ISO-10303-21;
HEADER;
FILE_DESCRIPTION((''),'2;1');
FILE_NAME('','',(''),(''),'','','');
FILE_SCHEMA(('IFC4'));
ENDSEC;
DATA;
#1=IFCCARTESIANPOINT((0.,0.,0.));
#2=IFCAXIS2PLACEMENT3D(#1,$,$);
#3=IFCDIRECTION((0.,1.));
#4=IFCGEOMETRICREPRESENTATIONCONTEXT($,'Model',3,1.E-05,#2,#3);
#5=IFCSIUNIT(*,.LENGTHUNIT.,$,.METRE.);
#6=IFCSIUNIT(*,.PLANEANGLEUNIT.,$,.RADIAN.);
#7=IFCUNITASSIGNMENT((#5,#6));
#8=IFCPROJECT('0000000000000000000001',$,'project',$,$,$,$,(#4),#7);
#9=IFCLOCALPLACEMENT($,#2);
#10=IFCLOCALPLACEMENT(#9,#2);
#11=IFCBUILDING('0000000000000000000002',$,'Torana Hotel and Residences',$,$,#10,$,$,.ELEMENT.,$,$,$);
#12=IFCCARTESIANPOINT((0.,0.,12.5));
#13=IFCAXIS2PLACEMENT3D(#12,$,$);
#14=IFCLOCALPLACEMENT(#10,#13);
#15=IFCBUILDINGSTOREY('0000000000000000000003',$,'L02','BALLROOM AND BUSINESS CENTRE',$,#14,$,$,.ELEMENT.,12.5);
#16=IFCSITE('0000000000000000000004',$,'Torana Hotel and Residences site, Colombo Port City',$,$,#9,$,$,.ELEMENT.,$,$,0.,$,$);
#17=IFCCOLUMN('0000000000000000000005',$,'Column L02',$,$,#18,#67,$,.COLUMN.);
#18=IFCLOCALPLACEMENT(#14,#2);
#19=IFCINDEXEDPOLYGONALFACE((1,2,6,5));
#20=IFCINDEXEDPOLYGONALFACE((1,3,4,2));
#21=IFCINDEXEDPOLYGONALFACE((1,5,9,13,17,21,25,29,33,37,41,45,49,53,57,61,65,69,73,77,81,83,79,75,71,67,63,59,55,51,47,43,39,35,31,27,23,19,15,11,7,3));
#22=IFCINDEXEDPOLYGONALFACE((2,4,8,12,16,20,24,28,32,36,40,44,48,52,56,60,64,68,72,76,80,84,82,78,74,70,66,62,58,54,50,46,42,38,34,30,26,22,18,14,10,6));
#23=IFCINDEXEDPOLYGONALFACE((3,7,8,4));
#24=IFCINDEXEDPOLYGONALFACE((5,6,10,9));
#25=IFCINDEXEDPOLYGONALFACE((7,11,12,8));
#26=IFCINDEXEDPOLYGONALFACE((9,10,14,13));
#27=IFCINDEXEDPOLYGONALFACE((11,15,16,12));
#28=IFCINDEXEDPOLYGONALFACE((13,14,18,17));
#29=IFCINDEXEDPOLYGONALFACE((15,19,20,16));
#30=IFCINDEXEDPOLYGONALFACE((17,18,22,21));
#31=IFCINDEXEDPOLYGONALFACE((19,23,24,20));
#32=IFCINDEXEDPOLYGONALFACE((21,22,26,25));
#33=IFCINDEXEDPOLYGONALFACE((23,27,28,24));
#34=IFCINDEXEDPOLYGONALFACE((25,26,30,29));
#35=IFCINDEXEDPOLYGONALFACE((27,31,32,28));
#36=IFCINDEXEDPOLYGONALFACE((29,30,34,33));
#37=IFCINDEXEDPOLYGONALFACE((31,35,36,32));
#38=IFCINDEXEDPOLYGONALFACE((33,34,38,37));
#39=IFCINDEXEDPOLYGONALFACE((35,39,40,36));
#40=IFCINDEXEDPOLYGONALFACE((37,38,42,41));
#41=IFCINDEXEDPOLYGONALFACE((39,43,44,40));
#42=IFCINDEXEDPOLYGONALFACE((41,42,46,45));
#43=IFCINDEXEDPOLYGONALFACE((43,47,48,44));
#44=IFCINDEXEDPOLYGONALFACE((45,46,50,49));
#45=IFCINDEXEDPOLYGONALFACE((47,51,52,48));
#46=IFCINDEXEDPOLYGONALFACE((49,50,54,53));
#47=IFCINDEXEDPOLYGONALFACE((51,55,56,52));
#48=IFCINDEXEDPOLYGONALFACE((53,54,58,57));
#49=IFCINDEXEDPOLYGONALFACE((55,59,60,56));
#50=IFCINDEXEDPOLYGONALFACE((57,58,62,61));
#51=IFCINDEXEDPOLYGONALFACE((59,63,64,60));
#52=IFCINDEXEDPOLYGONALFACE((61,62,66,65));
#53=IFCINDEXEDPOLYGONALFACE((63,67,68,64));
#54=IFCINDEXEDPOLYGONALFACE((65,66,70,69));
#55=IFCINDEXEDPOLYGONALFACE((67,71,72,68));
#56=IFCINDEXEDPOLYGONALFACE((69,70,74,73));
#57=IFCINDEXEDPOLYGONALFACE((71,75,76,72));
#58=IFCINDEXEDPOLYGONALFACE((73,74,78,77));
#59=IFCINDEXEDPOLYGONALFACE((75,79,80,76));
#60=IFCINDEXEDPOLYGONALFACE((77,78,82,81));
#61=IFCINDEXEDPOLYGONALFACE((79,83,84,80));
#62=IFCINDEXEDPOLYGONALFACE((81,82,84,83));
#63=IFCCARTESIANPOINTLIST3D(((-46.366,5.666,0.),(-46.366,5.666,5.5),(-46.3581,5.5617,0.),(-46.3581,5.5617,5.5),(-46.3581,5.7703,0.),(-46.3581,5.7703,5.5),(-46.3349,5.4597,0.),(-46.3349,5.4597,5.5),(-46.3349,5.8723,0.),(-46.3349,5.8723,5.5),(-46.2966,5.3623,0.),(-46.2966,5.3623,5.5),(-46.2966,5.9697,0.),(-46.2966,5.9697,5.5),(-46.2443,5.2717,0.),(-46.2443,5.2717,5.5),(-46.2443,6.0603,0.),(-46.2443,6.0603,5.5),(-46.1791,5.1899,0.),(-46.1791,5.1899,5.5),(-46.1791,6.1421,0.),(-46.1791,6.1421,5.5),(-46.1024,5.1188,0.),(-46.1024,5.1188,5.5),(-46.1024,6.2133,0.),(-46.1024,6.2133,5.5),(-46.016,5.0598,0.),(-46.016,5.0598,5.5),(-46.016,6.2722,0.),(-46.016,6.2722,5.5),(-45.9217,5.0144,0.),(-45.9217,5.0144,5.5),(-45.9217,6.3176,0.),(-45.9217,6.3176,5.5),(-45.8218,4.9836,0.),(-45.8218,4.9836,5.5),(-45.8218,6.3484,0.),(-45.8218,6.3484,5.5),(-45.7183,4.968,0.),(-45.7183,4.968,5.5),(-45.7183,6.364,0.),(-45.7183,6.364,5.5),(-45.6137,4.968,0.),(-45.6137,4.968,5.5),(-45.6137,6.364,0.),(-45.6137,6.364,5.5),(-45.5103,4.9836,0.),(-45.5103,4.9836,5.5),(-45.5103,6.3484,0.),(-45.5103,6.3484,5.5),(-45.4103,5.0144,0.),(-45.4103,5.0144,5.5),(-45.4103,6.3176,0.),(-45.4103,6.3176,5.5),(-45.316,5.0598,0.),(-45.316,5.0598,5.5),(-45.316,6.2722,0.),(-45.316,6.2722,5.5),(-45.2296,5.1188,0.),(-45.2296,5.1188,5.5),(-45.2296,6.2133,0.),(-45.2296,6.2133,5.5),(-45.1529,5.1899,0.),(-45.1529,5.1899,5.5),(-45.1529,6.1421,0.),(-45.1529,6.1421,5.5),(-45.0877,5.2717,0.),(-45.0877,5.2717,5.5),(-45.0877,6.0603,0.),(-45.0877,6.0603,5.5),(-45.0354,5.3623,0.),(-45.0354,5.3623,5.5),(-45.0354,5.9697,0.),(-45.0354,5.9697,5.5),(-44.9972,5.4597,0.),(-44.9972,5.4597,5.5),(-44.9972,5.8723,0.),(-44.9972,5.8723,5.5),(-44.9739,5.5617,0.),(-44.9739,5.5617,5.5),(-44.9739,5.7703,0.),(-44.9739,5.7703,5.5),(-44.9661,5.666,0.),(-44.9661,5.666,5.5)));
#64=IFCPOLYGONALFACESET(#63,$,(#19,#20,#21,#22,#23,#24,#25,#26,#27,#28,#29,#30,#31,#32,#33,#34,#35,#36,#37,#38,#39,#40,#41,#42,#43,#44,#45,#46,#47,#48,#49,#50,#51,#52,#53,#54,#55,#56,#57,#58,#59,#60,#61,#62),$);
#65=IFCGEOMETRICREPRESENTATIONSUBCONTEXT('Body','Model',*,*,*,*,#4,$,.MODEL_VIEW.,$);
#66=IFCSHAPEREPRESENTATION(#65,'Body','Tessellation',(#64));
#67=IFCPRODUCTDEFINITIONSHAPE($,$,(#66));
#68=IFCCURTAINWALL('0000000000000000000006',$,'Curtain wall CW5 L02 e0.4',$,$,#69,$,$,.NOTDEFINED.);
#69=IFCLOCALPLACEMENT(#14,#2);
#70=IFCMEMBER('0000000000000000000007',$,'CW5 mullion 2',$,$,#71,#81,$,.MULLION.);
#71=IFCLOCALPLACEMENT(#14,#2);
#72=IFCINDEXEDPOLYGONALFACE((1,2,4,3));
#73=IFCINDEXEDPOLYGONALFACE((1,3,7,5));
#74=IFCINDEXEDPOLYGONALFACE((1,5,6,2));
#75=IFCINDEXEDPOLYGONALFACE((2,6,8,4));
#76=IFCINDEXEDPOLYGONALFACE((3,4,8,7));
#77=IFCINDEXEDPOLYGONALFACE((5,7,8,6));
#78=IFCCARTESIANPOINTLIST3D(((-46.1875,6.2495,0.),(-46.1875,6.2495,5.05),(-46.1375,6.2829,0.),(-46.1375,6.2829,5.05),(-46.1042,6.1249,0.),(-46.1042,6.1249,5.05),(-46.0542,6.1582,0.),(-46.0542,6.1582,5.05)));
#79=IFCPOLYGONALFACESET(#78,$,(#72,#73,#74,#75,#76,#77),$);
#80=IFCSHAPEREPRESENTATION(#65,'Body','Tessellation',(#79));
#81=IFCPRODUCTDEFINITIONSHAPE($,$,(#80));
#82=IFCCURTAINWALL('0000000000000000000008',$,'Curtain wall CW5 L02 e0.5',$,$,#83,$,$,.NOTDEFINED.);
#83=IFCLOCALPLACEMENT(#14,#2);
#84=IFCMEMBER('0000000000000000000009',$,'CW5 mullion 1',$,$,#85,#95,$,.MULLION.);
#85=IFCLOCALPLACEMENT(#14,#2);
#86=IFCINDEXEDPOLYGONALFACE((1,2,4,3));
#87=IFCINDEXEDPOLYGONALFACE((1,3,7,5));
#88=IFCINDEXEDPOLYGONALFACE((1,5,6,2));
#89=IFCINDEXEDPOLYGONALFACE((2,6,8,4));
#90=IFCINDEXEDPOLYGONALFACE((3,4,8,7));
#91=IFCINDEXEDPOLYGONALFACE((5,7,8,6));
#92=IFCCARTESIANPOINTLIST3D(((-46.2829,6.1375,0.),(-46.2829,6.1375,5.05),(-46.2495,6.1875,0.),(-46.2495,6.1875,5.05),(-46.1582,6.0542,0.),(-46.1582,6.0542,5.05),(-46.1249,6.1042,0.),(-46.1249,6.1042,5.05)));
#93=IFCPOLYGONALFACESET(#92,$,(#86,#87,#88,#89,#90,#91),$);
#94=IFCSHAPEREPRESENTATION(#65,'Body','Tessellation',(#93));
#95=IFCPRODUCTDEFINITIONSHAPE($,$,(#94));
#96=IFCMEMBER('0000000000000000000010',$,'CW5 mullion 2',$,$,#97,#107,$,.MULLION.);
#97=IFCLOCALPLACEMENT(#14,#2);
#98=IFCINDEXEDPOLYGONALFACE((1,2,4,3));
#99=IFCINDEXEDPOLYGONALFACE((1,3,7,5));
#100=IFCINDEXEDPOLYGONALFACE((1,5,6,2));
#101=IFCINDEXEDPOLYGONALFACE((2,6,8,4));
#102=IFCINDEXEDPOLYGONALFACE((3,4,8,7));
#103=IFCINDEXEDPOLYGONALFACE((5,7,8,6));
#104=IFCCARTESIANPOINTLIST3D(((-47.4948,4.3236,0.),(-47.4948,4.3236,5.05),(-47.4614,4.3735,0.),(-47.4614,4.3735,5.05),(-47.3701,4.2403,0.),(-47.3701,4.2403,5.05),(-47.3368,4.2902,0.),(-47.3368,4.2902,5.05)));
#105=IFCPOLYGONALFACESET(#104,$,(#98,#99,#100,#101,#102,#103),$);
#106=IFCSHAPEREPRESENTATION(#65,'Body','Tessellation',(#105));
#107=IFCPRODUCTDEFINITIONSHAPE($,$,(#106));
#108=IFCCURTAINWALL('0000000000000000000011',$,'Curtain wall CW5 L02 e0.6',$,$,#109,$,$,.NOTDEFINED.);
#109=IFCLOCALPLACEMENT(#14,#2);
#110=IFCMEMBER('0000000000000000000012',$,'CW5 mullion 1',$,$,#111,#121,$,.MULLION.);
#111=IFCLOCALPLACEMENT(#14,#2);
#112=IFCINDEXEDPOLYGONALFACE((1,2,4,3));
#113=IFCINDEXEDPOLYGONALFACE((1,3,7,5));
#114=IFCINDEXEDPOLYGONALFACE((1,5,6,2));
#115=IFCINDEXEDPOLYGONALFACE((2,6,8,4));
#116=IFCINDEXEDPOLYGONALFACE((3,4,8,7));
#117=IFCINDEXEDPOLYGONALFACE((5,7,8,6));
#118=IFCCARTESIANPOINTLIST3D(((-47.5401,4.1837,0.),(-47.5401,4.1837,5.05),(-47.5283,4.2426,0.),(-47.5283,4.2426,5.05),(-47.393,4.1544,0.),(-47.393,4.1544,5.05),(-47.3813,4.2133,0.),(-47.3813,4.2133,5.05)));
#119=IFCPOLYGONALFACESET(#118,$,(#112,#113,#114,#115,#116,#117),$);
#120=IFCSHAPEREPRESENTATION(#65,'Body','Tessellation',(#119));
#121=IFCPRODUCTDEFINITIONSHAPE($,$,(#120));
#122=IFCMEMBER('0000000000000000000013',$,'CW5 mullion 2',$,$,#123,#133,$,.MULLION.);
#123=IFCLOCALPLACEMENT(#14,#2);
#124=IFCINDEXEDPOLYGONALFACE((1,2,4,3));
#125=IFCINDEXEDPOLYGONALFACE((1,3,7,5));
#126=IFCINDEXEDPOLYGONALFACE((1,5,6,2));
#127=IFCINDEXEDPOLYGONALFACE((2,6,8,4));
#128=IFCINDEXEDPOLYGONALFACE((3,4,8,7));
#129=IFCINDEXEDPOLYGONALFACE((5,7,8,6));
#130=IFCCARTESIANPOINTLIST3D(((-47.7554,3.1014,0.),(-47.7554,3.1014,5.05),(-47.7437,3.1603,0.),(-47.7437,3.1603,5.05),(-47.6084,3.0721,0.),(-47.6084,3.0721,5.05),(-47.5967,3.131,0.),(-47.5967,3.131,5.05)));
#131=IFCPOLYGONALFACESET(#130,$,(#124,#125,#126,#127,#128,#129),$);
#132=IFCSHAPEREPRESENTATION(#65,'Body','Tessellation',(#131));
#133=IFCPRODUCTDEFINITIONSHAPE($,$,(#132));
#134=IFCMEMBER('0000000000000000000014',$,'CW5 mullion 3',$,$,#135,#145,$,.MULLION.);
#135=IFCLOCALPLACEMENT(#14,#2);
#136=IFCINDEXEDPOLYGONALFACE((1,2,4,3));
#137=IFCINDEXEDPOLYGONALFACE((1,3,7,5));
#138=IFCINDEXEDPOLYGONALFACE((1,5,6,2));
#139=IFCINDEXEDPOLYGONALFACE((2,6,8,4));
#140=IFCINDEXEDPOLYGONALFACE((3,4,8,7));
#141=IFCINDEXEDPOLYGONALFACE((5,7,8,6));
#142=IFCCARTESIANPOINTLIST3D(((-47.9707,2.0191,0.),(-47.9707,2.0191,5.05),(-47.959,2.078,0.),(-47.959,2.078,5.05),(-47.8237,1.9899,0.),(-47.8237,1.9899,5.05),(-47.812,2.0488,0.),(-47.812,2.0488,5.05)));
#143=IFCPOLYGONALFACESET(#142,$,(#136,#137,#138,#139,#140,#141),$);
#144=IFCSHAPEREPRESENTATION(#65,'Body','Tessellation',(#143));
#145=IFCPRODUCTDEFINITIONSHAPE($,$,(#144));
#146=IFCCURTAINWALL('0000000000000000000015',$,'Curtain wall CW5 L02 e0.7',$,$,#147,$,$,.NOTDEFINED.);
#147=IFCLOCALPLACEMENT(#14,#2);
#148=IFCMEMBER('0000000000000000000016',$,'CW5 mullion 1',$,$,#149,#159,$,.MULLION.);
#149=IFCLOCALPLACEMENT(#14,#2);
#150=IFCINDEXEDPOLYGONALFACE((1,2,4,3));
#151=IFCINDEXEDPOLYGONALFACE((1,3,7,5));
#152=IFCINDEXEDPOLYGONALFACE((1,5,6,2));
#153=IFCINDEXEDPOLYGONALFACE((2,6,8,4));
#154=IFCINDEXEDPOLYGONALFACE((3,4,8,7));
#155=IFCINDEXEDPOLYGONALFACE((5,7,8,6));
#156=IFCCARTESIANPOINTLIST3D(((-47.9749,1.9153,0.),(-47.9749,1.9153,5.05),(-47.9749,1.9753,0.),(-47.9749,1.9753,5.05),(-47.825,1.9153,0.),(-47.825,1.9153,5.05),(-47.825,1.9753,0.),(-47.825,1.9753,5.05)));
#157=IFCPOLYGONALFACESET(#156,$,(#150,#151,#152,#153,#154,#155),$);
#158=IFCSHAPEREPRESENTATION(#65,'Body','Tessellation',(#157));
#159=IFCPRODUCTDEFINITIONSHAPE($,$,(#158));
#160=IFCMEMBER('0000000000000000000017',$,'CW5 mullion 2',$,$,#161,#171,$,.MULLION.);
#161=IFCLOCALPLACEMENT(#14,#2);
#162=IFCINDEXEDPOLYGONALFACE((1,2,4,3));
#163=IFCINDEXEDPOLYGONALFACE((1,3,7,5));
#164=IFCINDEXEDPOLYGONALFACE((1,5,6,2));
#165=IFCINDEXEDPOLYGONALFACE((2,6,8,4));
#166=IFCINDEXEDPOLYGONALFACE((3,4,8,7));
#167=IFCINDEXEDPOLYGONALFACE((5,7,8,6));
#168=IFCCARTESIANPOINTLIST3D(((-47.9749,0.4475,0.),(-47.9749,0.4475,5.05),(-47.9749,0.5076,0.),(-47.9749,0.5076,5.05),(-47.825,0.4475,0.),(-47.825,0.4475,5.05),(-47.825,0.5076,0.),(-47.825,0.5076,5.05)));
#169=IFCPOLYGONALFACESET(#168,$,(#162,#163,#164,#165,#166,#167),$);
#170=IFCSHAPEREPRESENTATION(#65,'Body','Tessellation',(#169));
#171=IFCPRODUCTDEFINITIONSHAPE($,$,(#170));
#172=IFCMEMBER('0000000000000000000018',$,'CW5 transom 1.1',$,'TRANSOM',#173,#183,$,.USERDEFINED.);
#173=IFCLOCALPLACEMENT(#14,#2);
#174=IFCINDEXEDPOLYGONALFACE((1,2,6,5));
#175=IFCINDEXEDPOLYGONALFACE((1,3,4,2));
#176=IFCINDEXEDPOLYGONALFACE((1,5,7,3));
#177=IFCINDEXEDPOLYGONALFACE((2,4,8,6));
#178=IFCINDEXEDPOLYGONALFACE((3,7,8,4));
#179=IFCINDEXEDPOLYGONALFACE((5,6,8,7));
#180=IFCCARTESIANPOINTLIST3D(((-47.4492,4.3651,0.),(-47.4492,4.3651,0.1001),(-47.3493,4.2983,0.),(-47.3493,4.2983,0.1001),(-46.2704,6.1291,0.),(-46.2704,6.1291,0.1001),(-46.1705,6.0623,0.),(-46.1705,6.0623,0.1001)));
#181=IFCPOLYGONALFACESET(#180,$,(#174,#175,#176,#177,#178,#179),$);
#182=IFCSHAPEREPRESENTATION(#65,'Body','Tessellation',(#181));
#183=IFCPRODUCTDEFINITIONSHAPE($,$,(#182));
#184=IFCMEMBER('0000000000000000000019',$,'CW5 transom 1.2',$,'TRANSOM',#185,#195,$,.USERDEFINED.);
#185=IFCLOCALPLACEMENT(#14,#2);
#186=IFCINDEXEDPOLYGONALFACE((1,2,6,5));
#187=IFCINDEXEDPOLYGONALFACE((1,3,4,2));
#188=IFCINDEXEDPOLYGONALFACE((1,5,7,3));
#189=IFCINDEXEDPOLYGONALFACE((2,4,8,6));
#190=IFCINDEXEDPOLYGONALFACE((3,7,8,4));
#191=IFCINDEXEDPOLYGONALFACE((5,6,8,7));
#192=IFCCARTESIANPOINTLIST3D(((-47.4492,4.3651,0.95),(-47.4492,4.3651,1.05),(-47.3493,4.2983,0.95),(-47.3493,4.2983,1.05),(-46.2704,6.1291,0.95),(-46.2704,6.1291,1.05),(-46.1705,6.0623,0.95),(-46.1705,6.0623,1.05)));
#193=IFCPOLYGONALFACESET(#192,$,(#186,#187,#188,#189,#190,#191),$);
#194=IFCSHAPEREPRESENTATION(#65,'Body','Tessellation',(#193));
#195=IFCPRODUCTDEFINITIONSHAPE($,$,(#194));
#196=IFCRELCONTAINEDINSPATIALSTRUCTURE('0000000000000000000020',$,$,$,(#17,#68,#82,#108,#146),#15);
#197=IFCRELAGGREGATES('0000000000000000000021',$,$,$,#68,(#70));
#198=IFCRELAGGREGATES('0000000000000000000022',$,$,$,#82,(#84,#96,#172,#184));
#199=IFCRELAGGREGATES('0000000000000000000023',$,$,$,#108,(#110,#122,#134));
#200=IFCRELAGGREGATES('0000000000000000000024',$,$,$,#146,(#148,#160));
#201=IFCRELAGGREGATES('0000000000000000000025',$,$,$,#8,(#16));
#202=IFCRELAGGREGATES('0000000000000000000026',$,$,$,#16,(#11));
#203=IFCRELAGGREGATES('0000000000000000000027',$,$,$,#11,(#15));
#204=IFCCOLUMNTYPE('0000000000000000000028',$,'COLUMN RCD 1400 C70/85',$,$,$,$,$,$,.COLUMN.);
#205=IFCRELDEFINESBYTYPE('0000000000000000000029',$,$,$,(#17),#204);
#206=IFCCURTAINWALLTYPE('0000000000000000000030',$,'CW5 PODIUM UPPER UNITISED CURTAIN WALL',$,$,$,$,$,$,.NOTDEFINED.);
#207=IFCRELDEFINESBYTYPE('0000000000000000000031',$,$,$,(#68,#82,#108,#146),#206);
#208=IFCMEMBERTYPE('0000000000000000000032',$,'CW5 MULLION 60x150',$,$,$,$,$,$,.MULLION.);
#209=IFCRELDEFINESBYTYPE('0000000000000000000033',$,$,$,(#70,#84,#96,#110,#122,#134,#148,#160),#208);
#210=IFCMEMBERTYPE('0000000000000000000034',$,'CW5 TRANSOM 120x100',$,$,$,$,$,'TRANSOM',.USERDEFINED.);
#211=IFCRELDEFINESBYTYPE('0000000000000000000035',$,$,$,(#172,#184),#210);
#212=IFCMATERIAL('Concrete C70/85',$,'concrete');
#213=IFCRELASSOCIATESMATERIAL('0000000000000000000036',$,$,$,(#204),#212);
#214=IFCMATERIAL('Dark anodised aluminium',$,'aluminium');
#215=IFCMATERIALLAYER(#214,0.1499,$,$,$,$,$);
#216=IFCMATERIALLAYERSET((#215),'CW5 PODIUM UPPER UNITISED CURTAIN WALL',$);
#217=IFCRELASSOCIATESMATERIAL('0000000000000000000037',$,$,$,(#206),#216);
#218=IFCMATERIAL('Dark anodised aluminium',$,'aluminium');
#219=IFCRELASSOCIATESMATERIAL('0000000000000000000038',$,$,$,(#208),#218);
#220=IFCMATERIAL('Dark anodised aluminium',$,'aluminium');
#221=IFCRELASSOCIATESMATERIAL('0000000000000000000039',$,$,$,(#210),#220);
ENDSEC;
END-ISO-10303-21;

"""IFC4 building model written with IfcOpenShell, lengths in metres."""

from ifc_helpers import new_model, si_unit, direction, frame, origin, origin_2d, place, context, subcontext, project, spatial, rectangle, circle, extrude, material, layer, layer_set, material_profile, profile_set, type_object, element, aggregate, save


model = new_model("IFC4")

# Units and contexts
model_context = context("Model", 3, precision=1e-05, world=origin(), true_north=direction((0.0, 1.0)))
body_context = subcontext(model_context, "Body", "Model", "MODEL_VIEW")
ifc_project = project(units=[si_unit("LENGTHUNIT", "METRE"), si_unit("PLANEANGLEUNIT", "RADIAN")], contexts=[model_context])

# Site, building, storey
site_placement = place(None, origin())
site = spatial("IfcSite", under=ifc_project, at=site_placement, Name="Torana Hotel and Residences site, Colombo Port City", CompositionType="ELEMENT", RefElevation=0.0)
building_placement = place(site_placement, origin())
building = spatial("IfcBuilding", under=site, at=building_placement, Name="Torana Hotel and Residences", CompositionType="ELEMENT")
storey_placement = place(building_placement, frame((0.0, 0.0, 12.5)))
storey = spatial("IfcBuildingStorey", under=building, at=storey_placement, Name="L02", Description="BALLROOM AND BUSINESS CENTRE", CompositionType="ELEMENT", Elevation=12.5)

# Column
ifc_material_1 = material(Name="Concrete C70/85", Category="concrete")
ifc_material_profile_1 = material_profile(ifc_material_1, circle(Radius=0.7, at=origin_2d()), Name="RCD 1400")
ifc_profile_set_1 = profile_set([ifc_material_profile_1], Name="Concrete C70/85")
column_type = type_object("IfcColumnType", Name="COLUMN RCD 1400 C70/85", PredefinedType="COLUMN", material=ifc_profile_set_1)
column_placement = place(storey_placement, frame((-45.666, 5.666, 0.0), z_axis=(0.0, 0.0, 1.0), x_axis=(1.0, 0.0, 0.0)))
element("IfcColumn", 1, at=column_placement, inside=storey, type_object=column_type, Name="Column L02", PredefinedType="COLUMN", context=body_context, shape_type="SweptSolid", body=[
    extrude(circle(Radius=0.7, at=origin_2d()), origin(), (0.0, 0.0, 1.0), 5.5),
])

# Curtain wall, member
ifc_material_2 = material(Name="Dark anodised aluminium", Category="aluminium")
ifc_layer_1 = layer(ifc_material_2, 0.1499)
ifc_layer_set_1 = layer_set([ifc_layer_1], Name="CW5 PODIUM UPPER UNITISED CURTAIN WALL")
curtain_wall_type = type_object("IfcCurtainWallType", Name="CW5 PODIUM UPPER UNITISED CURTAIN WALL", PredefinedType="NOTDEFINED", material=ifc_layer_set_1)
curtain_wall_1_placement = place(storey_placement, origin())
curtain_wall_1 = element("IfcCurtainWall", 2, at=curtain_wall_1_placement, inside=storey, type_object=curtain_wall_type, Name="Curtain wall CW5 L02 e0.4", PredefinedType="NOTDEFINED")
ifc_material_3 = material(Name="Dark anodised aluminium", Category="aluminium")
ifc_material_profile_2 = material_profile(ifc_material_3, rectangle(XDim=0.1499, YDim=0.0601, at=origin_2d()), Name="CW5 MULLION 60x150")
ifc_profile_set_2 = profile_set([ifc_material_profile_2], Name="Dark anodised aluminium")
member_type_1 = type_object("IfcMemberType", Name="CW5 MULLION 60x150", PredefinedType="MULLION", material=ifc_profile_set_2)
member_1_placement = place(storey_placement, frame((-46.1208, 6.2039, 0.0), z_axis=(0.0, 0.0, 1.0), x_axis=(0.555585, -0.83146, 0.0)))
member_1 = element("IfcMember", 3, at=member_1_placement, type_object=member_type_1, Name="CW5 mullion 2", PredefinedType="MULLION", context=body_context, shape_type="SweptSolid", body=[
    extrude(rectangle(XDim=0.1499, YDim=0.0601, at=origin_2d()), origin(), (0.0, 0.0, 1.0), 5.05),
])

# Curtain walls, members
curtain_wall_2_placement = place(storey_placement, origin())
curtain_wall_2 = element("IfcCurtainWall", 4, at=curtain_wall_2_placement, inside=storey, type_object=curtain_wall_type, Name="Curtain wall CW5 L02 e0.5", PredefinedType="NOTDEFINED")
member_2_placement = place(storey_placement, frame((-46.2039, 6.1208, 0.0), z_axis=(0.0, 0.0, 1.0), x_axis=(0.83146, -0.555585, 0.0)))
member_2 = element("IfcMember", 5, at=member_2_placement, type_object=member_type_1, Name="CW5 mullion 1", PredefinedType="MULLION", context=body_context, shape_type="SweptSolid", body=[
    extrude(rectangle(XDim=0.1499, YDim=0.0601, at=origin_2d()), origin(), (0.0, 0.0, 1.0), 5.05),
])
member_3_placement = place(storey_placement, frame((-47.4158, 4.3069, 0.0), z_axis=(0.0, 0.0, 1.0), x_axis=(0.83146, -0.555585, 0.0)))
member_3 = element("IfcMember", 6, at=member_3_placement, type_object=member_type_1, Name="CW5 mullion 2", PredefinedType="MULLION", context=body_context, shape_type="SweptSolid", body=[
    extrude(rectangle(XDim=0.1499, YDim=0.0601, at=origin_2d()), origin(), (0.0, 0.0, 1.0), 5.05),
])
curtain_wall_3_placement = place(storey_placement, origin())
curtain_wall_3 = element("IfcCurtainWall", 7, at=curtain_wall_3_placement, inside=storey, type_object=curtain_wall_type, Name="Curtain wall CW5 L02 e0.6", PredefinedType="NOTDEFINED")
member_4_placement = place(storey_placement, frame((-47.4607, 4.1985, 0.0), z_axis=(0.0, 0.0, 1.0), x_axis=(0.980787, -0.195081, 0.0)))
member_4 = element("IfcMember", 8, at=member_4_placement, type_object=member_type_1, Name="CW5 mullion 1", PredefinedType="MULLION", context=body_context, shape_type="SweptSolid", body=[
    extrude(rectangle(XDim=0.1499, YDim=0.0601, at=origin_2d()), origin(), (0.0, 0.0, 1.0), 5.05),
])
member_5_placement = place(storey_placement, frame((-47.676, 3.1162, 0.0), z_axis=(0.0, 0.0, 1.0), x_axis=(0.980787, -0.195081, 0.0)))
member_5 = element("IfcMember", 9, at=member_5_placement, type_object=member_type_1, Name="CW5 mullion 2", PredefinedType="MULLION", context=body_context, shape_type="SweptSolid", body=[
    extrude(rectangle(XDim=0.1499, YDim=0.0601, at=origin_2d()), origin(), (0.0, 0.0, 1.0), 5.05),
])
member_6_placement = place(storey_placement, frame((-47.8914, 2.0339, 0.0), z_axis=(0.0, 0.0, 1.0), x_axis=(0.980787, -0.195081, 0.0)))
member_6 = element("IfcMember", 10, at=member_6_placement, type_object=member_type_1, Name="CW5 mullion 3", PredefinedType="MULLION", context=body_context, shape_type="SweptSolid", body=[
    extrude(rectangle(XDim=0.1499, YDim=0.0601, at=origin_2d()), origin(), (0.0, 0.0, 1.0), 5.05),
])
curtain_wall_4_placement = place(storey_placement, origin())
curtain_wall_4 = element("IfcCurtainWall", 11, at=curtain_wall_4_placement, inside=storey, type_object=curtain_wall_type, Name="Curtain wall CW5 L02 e0.7", PredefinedType="NOTDEFINED")
member_7_placement = place(storey_placement, frame((-47.8999, 1.9453, 0.0), z_axis=(0.0, 0.0, 1.0), x_axis=(1.0, 0.0, 0.0)))
member_7 = element("IfcMember", 12, at=member_7_placement, type_object=member_type_1, Name="CW5 mullion 1", PredefinedType="MULLION", context=body_context, shape_type="SweptSolid", body=[
    extrude(rectangle(XDim=0.1499, YDim=0.0601, at=origin_2d()), origin(), (0.0, 0.0, 1.0), 5.05),
])
member_8_placement = place(storey_placement, frame((-47.8999, 0.4775, 0.0), z_axis=(0.0, 0.0, 1.0), x_axis=(1.0, 0.0, 0.0)))
member_8 = element("IfcMember", 13, at=member_8_placement, type_object=member_type_1, Name="CW5 mullion 2", PredefinedType="MULLION", context=body_context, shape_type="SweptSolid", body=[
    extrude(rectangle(XDim=0.1499, YDim=0.0601, at=origin_2d()), origin(), (0.0, 0.0, 1.0), 5.05),
])

# Members
ifc_material_4 = material(Name="Dark anodised aluminium", Category="aluminium")
ifc_material_profile_3 = material_profile(ifc_material_4, rectangle(XDim=0.1201, YDim=0.1001, at=origin_2d()), Name="CW5 TRANSOM 120x100")
ifc_profile_set_3 = profile_set([ifc_material_profile_3], Name="Dark anodised aluminium")
member_type_2 = type_object("IfcMemberType", Name="CW5 TRANSOM 120x100", ElementType="TRANSOM", PredefinedType="USERDEFINED", material=ifc_profile_set_3)
member_9_placement = place(storey_placement, frame((-46.2205, 6.0957, 0.05), z_axis=(-0.555603, -0.831448, 0.0), x_axis=(0.831448, -0.555603, 0.0)))
member_9 = element("IfcMember", 14, at=member_9_placement, type_object=member_type_2, Name="CW5 transom 1.1", ObjectType="TRANSOM", PredefinedType="USERDEFINED", context=body_context, shape_type="SweptSolid", body=[
    extrude(rectangle(XDim=0.1201, YDim=0.1001, at=origin_2d()), origin(), (0.0, 0.0, 1.0), 2.1216),
])
member_10_placement = place(storey_placement, frame((-46.2205, 6.0957, 1.0), z_axis=(-0.555603, -0.831448, 0.0), x_axis=(0.831448, -0.555603, 0.0)))
member_10 = element("IfcMember", 15, at=member_10_placement, type_object=member_type_2, Name="CW5 transom 1.2", ObjectType="TRANSOM", PredefinedType="USERDEFINED", context=body_context, shape_type="SweptSolid", body=[
    extrude(rectangle(XDim=0.1201, YDim=0.1001, at=origin_2d()), origin(), (0.0, 0.0, 1.0), 2.1216),
])

aggregate(curtain_wall_1, [member_1])
aggregate(curtain_wall_2, [member_2, member_3, member_9, member_10])
aggregate(curtain_wall_3, [member_4, member_5, member_6])
aggregate(curtain_wall_4, [member_7, member_8])

save(model, "model.ifc")
